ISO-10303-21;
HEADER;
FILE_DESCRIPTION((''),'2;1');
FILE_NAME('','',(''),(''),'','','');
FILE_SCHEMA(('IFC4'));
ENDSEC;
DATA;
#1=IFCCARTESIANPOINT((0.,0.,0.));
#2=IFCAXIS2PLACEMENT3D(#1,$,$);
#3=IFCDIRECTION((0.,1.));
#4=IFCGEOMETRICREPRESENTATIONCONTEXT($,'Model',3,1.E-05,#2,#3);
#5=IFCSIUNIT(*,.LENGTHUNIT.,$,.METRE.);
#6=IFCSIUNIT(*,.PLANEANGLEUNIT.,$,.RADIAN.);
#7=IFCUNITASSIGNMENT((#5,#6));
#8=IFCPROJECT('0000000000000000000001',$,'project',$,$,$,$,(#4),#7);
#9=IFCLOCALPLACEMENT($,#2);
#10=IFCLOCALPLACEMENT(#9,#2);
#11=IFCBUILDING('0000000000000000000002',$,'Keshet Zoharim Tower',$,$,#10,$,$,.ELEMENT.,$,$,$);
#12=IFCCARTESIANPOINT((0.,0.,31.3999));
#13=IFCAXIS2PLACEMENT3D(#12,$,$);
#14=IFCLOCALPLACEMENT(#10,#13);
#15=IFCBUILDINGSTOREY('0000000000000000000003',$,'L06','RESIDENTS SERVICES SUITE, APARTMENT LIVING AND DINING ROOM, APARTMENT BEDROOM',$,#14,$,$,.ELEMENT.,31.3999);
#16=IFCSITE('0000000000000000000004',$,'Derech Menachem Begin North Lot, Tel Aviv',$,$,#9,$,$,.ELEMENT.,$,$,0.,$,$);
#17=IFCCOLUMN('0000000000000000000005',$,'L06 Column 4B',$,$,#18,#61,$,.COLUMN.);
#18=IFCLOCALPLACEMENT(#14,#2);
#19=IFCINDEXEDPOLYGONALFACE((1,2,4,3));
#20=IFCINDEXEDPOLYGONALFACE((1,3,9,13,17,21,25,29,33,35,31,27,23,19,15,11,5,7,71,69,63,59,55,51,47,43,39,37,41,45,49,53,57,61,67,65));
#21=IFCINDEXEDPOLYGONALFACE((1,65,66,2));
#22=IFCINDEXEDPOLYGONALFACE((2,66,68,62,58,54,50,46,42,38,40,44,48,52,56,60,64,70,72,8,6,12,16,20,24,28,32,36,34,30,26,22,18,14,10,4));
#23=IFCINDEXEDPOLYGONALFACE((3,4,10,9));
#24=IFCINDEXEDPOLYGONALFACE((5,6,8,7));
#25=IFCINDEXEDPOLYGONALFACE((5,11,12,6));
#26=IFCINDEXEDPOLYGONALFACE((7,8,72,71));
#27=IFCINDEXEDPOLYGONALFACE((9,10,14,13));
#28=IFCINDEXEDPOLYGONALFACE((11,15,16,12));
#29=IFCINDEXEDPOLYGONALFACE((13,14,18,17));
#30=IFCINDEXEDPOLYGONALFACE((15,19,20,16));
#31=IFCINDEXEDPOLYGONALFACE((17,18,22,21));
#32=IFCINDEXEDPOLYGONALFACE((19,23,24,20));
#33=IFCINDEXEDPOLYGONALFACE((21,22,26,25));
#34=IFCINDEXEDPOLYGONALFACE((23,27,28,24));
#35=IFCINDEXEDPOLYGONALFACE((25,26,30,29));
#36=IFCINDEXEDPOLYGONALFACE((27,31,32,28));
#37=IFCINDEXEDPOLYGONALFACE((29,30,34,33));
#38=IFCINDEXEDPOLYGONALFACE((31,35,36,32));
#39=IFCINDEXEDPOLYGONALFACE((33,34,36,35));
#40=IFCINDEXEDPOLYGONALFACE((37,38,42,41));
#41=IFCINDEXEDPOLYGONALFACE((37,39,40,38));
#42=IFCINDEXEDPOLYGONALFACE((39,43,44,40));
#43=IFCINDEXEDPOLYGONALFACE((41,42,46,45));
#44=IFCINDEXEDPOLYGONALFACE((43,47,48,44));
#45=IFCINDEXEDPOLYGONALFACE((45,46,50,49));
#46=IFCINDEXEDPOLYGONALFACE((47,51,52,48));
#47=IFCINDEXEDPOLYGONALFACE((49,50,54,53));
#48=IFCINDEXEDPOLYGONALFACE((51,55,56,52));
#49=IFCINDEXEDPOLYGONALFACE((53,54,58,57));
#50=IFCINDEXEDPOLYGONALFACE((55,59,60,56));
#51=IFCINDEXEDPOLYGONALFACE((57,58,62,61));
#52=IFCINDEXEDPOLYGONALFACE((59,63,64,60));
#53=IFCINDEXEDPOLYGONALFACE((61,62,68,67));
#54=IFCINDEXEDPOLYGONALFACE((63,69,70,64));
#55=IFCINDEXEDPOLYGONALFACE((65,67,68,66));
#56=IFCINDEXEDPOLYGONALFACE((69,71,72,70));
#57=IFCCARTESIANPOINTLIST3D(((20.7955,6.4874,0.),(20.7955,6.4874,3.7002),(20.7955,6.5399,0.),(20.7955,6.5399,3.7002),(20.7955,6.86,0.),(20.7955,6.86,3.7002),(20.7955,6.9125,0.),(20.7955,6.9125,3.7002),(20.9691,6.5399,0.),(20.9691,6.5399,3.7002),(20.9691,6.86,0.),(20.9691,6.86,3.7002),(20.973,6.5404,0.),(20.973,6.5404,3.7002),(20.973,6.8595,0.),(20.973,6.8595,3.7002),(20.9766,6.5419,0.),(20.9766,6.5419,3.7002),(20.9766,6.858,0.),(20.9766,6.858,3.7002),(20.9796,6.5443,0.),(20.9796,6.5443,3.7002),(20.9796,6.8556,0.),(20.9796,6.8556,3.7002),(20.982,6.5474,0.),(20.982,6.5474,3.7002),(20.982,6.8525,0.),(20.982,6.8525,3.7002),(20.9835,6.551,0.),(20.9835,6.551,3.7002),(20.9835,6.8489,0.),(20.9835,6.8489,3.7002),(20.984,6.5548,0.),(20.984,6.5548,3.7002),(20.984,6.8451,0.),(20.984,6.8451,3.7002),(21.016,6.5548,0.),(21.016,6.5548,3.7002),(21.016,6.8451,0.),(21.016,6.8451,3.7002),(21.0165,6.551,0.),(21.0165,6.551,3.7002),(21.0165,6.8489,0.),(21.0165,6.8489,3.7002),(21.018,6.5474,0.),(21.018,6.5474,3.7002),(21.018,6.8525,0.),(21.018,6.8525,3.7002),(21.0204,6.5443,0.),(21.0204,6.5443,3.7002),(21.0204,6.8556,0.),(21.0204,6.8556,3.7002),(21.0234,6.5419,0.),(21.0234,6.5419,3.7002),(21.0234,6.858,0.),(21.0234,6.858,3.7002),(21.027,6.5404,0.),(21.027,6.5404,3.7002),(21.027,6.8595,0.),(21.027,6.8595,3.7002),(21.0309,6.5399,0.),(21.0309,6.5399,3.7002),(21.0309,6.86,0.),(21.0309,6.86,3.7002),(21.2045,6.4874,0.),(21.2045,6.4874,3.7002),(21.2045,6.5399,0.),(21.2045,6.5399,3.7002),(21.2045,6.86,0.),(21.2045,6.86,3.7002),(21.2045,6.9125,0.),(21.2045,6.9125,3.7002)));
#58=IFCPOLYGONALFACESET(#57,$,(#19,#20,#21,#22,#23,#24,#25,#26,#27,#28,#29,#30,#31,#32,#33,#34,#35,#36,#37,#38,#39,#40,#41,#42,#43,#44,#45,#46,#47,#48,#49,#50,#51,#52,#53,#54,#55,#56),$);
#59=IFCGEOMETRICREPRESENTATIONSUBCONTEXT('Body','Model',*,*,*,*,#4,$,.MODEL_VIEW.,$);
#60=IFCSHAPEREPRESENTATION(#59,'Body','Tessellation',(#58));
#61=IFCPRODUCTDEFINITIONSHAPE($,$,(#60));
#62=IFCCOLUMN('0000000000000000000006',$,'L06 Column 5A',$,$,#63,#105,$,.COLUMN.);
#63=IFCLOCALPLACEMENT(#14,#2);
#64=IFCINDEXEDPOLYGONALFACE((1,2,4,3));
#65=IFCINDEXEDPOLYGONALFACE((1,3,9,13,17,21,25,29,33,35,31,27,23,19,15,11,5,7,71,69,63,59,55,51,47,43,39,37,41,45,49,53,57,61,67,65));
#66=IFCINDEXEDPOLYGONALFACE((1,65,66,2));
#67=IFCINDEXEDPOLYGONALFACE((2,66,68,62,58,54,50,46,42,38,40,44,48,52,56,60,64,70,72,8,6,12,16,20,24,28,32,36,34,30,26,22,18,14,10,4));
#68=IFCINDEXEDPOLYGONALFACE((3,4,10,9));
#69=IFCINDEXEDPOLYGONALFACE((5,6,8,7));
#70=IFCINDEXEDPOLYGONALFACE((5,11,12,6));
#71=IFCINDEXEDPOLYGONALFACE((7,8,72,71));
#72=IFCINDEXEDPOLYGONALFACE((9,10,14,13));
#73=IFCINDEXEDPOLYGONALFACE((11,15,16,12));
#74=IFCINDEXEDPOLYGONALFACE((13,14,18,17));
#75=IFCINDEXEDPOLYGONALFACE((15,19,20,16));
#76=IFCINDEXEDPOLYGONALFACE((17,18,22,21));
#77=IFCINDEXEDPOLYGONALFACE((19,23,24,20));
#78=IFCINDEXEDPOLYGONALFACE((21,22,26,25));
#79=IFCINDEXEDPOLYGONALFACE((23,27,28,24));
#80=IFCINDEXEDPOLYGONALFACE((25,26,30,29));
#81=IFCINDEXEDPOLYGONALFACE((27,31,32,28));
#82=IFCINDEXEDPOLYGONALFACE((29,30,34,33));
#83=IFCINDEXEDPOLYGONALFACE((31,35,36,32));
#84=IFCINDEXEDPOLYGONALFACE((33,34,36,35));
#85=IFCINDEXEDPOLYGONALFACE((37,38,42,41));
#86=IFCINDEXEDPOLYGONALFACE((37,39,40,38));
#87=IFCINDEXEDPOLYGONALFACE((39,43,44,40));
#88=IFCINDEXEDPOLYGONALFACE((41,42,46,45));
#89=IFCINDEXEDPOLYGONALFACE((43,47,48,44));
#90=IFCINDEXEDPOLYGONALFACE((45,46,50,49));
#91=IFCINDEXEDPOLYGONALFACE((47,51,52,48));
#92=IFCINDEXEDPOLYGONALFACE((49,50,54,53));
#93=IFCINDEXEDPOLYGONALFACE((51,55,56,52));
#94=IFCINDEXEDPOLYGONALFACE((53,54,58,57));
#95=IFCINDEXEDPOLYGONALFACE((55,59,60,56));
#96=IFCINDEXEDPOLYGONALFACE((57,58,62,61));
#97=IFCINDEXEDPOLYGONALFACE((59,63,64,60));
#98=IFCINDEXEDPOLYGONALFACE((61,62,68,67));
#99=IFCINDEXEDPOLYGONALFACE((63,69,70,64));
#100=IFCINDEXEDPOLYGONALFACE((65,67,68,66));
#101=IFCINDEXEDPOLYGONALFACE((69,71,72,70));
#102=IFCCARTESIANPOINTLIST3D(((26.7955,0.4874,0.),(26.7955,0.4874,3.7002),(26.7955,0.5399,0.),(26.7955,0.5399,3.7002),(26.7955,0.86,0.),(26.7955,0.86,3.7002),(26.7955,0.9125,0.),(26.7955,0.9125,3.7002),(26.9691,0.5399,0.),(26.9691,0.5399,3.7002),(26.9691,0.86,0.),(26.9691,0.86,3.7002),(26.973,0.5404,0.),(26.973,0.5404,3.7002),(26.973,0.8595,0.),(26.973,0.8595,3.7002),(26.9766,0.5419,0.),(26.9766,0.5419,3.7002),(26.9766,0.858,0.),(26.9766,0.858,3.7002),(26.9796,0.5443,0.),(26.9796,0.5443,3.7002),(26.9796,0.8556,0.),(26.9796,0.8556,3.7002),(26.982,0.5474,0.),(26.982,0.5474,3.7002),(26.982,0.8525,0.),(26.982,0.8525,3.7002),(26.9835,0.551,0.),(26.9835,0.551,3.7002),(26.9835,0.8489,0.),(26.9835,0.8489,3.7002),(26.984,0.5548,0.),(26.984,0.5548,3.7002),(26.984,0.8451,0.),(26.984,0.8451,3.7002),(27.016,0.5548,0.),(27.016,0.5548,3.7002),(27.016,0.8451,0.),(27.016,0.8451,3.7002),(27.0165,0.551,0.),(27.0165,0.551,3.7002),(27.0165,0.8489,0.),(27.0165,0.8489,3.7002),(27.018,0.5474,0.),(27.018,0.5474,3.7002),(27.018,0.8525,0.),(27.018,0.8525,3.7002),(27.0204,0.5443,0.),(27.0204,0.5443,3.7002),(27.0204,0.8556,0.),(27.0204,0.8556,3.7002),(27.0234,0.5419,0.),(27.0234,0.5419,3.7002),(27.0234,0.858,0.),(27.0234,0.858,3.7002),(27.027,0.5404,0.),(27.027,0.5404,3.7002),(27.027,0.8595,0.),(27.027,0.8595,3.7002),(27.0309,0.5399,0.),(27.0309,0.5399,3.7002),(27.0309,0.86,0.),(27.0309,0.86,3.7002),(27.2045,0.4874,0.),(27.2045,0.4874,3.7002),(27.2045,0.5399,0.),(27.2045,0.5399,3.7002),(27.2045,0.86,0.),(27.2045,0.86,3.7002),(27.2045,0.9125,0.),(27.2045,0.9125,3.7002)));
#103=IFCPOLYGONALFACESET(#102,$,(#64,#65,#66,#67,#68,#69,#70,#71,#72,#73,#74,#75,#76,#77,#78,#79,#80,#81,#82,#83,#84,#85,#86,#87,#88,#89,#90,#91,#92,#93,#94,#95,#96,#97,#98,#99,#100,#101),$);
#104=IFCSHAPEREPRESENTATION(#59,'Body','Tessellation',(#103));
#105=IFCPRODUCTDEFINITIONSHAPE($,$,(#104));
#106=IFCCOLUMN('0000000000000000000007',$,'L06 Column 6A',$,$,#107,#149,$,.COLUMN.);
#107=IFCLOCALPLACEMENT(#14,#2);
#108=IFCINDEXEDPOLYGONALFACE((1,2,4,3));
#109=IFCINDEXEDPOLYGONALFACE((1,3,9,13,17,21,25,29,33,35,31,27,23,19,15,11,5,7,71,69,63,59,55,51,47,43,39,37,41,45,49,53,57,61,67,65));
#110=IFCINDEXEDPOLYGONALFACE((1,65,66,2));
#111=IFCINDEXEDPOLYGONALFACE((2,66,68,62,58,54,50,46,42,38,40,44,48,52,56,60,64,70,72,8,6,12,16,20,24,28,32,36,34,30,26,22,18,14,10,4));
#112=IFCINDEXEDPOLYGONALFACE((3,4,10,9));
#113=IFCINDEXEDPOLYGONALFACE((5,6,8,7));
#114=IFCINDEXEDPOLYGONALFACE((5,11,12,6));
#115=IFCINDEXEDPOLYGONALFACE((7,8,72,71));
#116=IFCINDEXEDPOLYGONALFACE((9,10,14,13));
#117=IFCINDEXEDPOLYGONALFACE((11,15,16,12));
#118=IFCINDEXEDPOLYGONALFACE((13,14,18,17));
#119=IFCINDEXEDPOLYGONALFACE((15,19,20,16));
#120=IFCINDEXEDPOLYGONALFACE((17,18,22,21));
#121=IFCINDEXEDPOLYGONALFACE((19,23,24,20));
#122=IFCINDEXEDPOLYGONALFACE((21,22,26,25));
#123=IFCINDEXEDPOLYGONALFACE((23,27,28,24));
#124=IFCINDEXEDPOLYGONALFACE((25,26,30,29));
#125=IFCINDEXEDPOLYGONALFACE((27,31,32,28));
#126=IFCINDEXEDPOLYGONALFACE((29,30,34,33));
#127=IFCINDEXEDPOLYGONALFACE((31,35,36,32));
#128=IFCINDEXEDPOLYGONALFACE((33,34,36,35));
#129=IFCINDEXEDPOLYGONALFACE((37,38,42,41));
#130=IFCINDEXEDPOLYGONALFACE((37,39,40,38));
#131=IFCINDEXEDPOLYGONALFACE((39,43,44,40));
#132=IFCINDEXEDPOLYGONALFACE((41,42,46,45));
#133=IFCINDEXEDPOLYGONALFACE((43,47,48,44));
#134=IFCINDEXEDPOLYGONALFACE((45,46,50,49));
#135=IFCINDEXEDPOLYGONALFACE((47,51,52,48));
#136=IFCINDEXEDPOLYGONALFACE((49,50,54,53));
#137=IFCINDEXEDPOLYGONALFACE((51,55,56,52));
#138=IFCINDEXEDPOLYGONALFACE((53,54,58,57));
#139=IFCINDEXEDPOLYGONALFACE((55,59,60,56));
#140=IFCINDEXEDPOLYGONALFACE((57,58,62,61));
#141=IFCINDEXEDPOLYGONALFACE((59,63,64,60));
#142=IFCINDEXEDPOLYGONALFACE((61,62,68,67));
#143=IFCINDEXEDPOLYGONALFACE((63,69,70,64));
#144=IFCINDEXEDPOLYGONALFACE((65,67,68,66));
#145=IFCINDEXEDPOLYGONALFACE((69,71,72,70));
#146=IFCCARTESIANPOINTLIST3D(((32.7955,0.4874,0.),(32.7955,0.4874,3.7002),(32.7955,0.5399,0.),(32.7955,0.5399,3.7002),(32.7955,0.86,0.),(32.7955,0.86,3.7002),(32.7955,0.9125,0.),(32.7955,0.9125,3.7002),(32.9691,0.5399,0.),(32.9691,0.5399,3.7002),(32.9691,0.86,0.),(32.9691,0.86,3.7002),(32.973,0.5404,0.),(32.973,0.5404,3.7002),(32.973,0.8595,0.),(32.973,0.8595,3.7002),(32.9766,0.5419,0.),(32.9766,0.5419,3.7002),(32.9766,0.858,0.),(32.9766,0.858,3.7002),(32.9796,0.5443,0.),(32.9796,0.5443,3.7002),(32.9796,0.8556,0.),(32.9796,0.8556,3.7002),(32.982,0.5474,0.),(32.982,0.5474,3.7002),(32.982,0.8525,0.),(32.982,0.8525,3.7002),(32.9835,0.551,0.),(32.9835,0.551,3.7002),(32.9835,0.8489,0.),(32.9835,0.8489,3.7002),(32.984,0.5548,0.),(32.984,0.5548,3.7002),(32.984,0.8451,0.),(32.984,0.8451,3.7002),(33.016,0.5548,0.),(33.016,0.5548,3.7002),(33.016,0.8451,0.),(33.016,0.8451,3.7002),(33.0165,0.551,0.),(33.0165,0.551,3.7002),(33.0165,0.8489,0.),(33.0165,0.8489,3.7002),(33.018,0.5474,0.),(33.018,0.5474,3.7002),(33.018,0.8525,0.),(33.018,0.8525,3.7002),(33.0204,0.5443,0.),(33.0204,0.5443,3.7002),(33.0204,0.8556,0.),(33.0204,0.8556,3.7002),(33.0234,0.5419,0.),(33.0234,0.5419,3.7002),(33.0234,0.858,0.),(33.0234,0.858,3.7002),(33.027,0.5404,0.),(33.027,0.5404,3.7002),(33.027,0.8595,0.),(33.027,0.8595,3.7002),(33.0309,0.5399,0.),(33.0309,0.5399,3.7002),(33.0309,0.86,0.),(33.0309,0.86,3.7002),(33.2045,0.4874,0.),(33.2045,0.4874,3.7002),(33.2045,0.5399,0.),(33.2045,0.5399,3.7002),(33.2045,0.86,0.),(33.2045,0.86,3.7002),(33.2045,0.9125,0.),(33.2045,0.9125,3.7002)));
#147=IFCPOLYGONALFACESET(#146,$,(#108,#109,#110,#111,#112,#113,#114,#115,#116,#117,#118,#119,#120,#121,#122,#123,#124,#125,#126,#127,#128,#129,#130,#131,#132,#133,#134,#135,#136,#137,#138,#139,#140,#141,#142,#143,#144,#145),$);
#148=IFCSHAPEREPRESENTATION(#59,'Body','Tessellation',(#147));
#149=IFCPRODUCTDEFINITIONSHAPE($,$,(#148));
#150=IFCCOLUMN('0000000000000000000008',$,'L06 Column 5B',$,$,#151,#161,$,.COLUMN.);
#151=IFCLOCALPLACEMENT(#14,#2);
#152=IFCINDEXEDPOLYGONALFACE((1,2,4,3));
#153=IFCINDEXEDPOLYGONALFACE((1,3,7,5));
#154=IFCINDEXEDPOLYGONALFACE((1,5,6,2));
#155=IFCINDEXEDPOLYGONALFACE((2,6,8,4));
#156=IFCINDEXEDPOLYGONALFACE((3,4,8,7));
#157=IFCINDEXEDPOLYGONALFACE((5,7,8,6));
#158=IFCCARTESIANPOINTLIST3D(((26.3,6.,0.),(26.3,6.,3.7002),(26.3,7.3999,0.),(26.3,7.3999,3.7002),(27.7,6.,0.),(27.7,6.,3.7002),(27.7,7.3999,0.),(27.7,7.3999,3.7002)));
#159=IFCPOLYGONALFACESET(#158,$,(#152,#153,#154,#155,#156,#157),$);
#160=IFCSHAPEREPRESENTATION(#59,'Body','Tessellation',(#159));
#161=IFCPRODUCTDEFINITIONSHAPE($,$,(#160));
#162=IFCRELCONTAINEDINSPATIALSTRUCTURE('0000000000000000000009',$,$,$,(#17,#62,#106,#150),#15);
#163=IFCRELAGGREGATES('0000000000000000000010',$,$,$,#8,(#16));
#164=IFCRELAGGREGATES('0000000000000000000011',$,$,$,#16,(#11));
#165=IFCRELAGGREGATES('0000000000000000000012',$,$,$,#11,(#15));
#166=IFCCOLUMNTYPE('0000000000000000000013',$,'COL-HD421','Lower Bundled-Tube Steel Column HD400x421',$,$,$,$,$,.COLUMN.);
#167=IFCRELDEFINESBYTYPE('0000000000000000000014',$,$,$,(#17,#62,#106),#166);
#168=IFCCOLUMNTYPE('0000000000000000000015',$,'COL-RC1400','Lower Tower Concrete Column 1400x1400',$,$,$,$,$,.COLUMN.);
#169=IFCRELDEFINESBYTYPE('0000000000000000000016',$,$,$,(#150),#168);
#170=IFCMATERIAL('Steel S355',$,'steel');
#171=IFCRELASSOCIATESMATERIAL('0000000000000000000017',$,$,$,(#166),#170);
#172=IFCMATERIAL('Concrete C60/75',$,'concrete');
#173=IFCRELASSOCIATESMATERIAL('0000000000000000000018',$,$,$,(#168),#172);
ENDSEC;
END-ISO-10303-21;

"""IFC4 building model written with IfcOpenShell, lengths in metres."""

from ifc_helpers import new_model, si_unit, direction, frame, origin, origin_2d, place, context, subcontext, project, spatial, rectangle, i_section, extrude, material, material_profile, profile_set, type_object, element, save


model = new_model("IFC4")

# Units and contexts
model_context = context("Model", 3, precision=1e-05, world=origin(), true_north=direction((0.0, 1.0)))
body_context = subcontext(model_context, "Body", "Model", "MODEL_VIEW")
ifc_project = project(units=[si_unit("LENGTHUNIT", "METRE"), si_unit("PLANEANGLEUNIT", "RADIAN")], contexts=[model_context])

# Site, building, storey
site_placement = place(None, origin())
site = spatial("IfcSite", under=ifc_project, at=site_placement, Name="Derech Menachem Begin North Lot, Tel Aviv", CompositionType="ELEMENT", RefElevation=0.0)
building_placement = place(site_placement, origin())
building = spatial("IfcBuilding", under=site, at=building_placement, Name="Keshet Zoharim Tower", CompositionType="ELEMENT")
storey_placement = place(building_placement, frame((0.0, 0.0, 31.3999)))
storey = spatial("IfcBuildingStorey", under=building, at=storey_placement, Name="L06", Description="RESIDENTS SERVICES SUITE, APARTMENT LIVING AND DINING ROOM, APARTMENT BEDROOM", CompositionType="ELEMENT", Elevation=31.3999)

# Columns
ifc_material_1 = material(Name="Steel S355", Category="steel")
ifc_material_profile_1 = material_profile(ifc_material_1, i_section(OverallWidth=0.4089, OverallDepth=0.425, WebThickness=0.032, FlangeThickness=0.0525, FilletRadius=0.0149, at=origin_2d()), Name="HD400x421")
ifc_profile_set_1 = profile_set([ifc_material_profile_1], Name="Steel S355")
column_type_1 = type_object("IfcColumnType", Name="COL-HD421", Description="Lower Bundled-Tube Steel Column HD400x421", PredefinedType="COLUMN", material=ifc_profile_set_1)
for number, where, z_axis, x_axis, name in (
    (1, (21.0, 6.7, 0.0), (0.0, 0.0, 1.0), (1.0, 0.0, 0.0), "L06 Column 4B"),
    (2, (27.0, 0.7, 0.0), (0.0, 0.0, 1.0), (1.0, 0.0, 0.0), "L06 Column 5A"),
    (3, (33.0, 0.7, 0.0), (0.0, 0.0, 1.0), (1.0, 0.0, 0.0), "L06 Column 6A"),
):
    element("IfcColumn", number, at=place(storey_placement, frame(where, z_axis=z_axis, x_axis=x_axis)), inside=storey, type_object=column_type_1, Name=name, PredefinedType="COLUMN", context=body_context, shape_type="SweptSolid", body=[
        extrude(i_section(OverallWidth=0.4089, OverallDepth=0.425, WebThickness=0.032, FlangeThickness=0.0525, FilletRadius=0.0149, at=origin_2d()), origin(), (0.0, 0.0, 1.0), 3.7002),
    ])
ifc_material_2 = material(Name="Concrete C60/75", Category="concrete")
ifc_material_profile_2 = material_profile(ifc_material_2, rectangle(XDim=1.3999, YDim=1.3999, at=origin_2d()), Name="RC1400x1400")
ifc_profile_set_2 = profile_set([ifc_material_profile_2], Name="Concrete C60/75")
column_type_2 = type_object("IfcColumnType", Name="COL-RC1400", Description="Lower Tower Concrete Column 1400x1400", PredefinedType="COLUMN", material=ifc_profile_set_2)
column_placement = place(storey_placement, frame((27.0, 6.7, 0.0), z_axis=(0.0, 0.0, 1.0), x_axis=(1.0, 0.0, 0.0)))
element("IfcColumn", 4, at=column_placement, inside=storey, type_object=column_type_2, Name="L06 Column 5B", PredefinedType="COLUMN", context=body_context, shape_type="SweptSolid", body=[
    extrude(rectangle(XDim=1.3999, YDim=1.3999, at=origin_2d()), origin(), (0.0, 0.0, 1.0), 3.7002),
])

save(model, "model.ifc")
